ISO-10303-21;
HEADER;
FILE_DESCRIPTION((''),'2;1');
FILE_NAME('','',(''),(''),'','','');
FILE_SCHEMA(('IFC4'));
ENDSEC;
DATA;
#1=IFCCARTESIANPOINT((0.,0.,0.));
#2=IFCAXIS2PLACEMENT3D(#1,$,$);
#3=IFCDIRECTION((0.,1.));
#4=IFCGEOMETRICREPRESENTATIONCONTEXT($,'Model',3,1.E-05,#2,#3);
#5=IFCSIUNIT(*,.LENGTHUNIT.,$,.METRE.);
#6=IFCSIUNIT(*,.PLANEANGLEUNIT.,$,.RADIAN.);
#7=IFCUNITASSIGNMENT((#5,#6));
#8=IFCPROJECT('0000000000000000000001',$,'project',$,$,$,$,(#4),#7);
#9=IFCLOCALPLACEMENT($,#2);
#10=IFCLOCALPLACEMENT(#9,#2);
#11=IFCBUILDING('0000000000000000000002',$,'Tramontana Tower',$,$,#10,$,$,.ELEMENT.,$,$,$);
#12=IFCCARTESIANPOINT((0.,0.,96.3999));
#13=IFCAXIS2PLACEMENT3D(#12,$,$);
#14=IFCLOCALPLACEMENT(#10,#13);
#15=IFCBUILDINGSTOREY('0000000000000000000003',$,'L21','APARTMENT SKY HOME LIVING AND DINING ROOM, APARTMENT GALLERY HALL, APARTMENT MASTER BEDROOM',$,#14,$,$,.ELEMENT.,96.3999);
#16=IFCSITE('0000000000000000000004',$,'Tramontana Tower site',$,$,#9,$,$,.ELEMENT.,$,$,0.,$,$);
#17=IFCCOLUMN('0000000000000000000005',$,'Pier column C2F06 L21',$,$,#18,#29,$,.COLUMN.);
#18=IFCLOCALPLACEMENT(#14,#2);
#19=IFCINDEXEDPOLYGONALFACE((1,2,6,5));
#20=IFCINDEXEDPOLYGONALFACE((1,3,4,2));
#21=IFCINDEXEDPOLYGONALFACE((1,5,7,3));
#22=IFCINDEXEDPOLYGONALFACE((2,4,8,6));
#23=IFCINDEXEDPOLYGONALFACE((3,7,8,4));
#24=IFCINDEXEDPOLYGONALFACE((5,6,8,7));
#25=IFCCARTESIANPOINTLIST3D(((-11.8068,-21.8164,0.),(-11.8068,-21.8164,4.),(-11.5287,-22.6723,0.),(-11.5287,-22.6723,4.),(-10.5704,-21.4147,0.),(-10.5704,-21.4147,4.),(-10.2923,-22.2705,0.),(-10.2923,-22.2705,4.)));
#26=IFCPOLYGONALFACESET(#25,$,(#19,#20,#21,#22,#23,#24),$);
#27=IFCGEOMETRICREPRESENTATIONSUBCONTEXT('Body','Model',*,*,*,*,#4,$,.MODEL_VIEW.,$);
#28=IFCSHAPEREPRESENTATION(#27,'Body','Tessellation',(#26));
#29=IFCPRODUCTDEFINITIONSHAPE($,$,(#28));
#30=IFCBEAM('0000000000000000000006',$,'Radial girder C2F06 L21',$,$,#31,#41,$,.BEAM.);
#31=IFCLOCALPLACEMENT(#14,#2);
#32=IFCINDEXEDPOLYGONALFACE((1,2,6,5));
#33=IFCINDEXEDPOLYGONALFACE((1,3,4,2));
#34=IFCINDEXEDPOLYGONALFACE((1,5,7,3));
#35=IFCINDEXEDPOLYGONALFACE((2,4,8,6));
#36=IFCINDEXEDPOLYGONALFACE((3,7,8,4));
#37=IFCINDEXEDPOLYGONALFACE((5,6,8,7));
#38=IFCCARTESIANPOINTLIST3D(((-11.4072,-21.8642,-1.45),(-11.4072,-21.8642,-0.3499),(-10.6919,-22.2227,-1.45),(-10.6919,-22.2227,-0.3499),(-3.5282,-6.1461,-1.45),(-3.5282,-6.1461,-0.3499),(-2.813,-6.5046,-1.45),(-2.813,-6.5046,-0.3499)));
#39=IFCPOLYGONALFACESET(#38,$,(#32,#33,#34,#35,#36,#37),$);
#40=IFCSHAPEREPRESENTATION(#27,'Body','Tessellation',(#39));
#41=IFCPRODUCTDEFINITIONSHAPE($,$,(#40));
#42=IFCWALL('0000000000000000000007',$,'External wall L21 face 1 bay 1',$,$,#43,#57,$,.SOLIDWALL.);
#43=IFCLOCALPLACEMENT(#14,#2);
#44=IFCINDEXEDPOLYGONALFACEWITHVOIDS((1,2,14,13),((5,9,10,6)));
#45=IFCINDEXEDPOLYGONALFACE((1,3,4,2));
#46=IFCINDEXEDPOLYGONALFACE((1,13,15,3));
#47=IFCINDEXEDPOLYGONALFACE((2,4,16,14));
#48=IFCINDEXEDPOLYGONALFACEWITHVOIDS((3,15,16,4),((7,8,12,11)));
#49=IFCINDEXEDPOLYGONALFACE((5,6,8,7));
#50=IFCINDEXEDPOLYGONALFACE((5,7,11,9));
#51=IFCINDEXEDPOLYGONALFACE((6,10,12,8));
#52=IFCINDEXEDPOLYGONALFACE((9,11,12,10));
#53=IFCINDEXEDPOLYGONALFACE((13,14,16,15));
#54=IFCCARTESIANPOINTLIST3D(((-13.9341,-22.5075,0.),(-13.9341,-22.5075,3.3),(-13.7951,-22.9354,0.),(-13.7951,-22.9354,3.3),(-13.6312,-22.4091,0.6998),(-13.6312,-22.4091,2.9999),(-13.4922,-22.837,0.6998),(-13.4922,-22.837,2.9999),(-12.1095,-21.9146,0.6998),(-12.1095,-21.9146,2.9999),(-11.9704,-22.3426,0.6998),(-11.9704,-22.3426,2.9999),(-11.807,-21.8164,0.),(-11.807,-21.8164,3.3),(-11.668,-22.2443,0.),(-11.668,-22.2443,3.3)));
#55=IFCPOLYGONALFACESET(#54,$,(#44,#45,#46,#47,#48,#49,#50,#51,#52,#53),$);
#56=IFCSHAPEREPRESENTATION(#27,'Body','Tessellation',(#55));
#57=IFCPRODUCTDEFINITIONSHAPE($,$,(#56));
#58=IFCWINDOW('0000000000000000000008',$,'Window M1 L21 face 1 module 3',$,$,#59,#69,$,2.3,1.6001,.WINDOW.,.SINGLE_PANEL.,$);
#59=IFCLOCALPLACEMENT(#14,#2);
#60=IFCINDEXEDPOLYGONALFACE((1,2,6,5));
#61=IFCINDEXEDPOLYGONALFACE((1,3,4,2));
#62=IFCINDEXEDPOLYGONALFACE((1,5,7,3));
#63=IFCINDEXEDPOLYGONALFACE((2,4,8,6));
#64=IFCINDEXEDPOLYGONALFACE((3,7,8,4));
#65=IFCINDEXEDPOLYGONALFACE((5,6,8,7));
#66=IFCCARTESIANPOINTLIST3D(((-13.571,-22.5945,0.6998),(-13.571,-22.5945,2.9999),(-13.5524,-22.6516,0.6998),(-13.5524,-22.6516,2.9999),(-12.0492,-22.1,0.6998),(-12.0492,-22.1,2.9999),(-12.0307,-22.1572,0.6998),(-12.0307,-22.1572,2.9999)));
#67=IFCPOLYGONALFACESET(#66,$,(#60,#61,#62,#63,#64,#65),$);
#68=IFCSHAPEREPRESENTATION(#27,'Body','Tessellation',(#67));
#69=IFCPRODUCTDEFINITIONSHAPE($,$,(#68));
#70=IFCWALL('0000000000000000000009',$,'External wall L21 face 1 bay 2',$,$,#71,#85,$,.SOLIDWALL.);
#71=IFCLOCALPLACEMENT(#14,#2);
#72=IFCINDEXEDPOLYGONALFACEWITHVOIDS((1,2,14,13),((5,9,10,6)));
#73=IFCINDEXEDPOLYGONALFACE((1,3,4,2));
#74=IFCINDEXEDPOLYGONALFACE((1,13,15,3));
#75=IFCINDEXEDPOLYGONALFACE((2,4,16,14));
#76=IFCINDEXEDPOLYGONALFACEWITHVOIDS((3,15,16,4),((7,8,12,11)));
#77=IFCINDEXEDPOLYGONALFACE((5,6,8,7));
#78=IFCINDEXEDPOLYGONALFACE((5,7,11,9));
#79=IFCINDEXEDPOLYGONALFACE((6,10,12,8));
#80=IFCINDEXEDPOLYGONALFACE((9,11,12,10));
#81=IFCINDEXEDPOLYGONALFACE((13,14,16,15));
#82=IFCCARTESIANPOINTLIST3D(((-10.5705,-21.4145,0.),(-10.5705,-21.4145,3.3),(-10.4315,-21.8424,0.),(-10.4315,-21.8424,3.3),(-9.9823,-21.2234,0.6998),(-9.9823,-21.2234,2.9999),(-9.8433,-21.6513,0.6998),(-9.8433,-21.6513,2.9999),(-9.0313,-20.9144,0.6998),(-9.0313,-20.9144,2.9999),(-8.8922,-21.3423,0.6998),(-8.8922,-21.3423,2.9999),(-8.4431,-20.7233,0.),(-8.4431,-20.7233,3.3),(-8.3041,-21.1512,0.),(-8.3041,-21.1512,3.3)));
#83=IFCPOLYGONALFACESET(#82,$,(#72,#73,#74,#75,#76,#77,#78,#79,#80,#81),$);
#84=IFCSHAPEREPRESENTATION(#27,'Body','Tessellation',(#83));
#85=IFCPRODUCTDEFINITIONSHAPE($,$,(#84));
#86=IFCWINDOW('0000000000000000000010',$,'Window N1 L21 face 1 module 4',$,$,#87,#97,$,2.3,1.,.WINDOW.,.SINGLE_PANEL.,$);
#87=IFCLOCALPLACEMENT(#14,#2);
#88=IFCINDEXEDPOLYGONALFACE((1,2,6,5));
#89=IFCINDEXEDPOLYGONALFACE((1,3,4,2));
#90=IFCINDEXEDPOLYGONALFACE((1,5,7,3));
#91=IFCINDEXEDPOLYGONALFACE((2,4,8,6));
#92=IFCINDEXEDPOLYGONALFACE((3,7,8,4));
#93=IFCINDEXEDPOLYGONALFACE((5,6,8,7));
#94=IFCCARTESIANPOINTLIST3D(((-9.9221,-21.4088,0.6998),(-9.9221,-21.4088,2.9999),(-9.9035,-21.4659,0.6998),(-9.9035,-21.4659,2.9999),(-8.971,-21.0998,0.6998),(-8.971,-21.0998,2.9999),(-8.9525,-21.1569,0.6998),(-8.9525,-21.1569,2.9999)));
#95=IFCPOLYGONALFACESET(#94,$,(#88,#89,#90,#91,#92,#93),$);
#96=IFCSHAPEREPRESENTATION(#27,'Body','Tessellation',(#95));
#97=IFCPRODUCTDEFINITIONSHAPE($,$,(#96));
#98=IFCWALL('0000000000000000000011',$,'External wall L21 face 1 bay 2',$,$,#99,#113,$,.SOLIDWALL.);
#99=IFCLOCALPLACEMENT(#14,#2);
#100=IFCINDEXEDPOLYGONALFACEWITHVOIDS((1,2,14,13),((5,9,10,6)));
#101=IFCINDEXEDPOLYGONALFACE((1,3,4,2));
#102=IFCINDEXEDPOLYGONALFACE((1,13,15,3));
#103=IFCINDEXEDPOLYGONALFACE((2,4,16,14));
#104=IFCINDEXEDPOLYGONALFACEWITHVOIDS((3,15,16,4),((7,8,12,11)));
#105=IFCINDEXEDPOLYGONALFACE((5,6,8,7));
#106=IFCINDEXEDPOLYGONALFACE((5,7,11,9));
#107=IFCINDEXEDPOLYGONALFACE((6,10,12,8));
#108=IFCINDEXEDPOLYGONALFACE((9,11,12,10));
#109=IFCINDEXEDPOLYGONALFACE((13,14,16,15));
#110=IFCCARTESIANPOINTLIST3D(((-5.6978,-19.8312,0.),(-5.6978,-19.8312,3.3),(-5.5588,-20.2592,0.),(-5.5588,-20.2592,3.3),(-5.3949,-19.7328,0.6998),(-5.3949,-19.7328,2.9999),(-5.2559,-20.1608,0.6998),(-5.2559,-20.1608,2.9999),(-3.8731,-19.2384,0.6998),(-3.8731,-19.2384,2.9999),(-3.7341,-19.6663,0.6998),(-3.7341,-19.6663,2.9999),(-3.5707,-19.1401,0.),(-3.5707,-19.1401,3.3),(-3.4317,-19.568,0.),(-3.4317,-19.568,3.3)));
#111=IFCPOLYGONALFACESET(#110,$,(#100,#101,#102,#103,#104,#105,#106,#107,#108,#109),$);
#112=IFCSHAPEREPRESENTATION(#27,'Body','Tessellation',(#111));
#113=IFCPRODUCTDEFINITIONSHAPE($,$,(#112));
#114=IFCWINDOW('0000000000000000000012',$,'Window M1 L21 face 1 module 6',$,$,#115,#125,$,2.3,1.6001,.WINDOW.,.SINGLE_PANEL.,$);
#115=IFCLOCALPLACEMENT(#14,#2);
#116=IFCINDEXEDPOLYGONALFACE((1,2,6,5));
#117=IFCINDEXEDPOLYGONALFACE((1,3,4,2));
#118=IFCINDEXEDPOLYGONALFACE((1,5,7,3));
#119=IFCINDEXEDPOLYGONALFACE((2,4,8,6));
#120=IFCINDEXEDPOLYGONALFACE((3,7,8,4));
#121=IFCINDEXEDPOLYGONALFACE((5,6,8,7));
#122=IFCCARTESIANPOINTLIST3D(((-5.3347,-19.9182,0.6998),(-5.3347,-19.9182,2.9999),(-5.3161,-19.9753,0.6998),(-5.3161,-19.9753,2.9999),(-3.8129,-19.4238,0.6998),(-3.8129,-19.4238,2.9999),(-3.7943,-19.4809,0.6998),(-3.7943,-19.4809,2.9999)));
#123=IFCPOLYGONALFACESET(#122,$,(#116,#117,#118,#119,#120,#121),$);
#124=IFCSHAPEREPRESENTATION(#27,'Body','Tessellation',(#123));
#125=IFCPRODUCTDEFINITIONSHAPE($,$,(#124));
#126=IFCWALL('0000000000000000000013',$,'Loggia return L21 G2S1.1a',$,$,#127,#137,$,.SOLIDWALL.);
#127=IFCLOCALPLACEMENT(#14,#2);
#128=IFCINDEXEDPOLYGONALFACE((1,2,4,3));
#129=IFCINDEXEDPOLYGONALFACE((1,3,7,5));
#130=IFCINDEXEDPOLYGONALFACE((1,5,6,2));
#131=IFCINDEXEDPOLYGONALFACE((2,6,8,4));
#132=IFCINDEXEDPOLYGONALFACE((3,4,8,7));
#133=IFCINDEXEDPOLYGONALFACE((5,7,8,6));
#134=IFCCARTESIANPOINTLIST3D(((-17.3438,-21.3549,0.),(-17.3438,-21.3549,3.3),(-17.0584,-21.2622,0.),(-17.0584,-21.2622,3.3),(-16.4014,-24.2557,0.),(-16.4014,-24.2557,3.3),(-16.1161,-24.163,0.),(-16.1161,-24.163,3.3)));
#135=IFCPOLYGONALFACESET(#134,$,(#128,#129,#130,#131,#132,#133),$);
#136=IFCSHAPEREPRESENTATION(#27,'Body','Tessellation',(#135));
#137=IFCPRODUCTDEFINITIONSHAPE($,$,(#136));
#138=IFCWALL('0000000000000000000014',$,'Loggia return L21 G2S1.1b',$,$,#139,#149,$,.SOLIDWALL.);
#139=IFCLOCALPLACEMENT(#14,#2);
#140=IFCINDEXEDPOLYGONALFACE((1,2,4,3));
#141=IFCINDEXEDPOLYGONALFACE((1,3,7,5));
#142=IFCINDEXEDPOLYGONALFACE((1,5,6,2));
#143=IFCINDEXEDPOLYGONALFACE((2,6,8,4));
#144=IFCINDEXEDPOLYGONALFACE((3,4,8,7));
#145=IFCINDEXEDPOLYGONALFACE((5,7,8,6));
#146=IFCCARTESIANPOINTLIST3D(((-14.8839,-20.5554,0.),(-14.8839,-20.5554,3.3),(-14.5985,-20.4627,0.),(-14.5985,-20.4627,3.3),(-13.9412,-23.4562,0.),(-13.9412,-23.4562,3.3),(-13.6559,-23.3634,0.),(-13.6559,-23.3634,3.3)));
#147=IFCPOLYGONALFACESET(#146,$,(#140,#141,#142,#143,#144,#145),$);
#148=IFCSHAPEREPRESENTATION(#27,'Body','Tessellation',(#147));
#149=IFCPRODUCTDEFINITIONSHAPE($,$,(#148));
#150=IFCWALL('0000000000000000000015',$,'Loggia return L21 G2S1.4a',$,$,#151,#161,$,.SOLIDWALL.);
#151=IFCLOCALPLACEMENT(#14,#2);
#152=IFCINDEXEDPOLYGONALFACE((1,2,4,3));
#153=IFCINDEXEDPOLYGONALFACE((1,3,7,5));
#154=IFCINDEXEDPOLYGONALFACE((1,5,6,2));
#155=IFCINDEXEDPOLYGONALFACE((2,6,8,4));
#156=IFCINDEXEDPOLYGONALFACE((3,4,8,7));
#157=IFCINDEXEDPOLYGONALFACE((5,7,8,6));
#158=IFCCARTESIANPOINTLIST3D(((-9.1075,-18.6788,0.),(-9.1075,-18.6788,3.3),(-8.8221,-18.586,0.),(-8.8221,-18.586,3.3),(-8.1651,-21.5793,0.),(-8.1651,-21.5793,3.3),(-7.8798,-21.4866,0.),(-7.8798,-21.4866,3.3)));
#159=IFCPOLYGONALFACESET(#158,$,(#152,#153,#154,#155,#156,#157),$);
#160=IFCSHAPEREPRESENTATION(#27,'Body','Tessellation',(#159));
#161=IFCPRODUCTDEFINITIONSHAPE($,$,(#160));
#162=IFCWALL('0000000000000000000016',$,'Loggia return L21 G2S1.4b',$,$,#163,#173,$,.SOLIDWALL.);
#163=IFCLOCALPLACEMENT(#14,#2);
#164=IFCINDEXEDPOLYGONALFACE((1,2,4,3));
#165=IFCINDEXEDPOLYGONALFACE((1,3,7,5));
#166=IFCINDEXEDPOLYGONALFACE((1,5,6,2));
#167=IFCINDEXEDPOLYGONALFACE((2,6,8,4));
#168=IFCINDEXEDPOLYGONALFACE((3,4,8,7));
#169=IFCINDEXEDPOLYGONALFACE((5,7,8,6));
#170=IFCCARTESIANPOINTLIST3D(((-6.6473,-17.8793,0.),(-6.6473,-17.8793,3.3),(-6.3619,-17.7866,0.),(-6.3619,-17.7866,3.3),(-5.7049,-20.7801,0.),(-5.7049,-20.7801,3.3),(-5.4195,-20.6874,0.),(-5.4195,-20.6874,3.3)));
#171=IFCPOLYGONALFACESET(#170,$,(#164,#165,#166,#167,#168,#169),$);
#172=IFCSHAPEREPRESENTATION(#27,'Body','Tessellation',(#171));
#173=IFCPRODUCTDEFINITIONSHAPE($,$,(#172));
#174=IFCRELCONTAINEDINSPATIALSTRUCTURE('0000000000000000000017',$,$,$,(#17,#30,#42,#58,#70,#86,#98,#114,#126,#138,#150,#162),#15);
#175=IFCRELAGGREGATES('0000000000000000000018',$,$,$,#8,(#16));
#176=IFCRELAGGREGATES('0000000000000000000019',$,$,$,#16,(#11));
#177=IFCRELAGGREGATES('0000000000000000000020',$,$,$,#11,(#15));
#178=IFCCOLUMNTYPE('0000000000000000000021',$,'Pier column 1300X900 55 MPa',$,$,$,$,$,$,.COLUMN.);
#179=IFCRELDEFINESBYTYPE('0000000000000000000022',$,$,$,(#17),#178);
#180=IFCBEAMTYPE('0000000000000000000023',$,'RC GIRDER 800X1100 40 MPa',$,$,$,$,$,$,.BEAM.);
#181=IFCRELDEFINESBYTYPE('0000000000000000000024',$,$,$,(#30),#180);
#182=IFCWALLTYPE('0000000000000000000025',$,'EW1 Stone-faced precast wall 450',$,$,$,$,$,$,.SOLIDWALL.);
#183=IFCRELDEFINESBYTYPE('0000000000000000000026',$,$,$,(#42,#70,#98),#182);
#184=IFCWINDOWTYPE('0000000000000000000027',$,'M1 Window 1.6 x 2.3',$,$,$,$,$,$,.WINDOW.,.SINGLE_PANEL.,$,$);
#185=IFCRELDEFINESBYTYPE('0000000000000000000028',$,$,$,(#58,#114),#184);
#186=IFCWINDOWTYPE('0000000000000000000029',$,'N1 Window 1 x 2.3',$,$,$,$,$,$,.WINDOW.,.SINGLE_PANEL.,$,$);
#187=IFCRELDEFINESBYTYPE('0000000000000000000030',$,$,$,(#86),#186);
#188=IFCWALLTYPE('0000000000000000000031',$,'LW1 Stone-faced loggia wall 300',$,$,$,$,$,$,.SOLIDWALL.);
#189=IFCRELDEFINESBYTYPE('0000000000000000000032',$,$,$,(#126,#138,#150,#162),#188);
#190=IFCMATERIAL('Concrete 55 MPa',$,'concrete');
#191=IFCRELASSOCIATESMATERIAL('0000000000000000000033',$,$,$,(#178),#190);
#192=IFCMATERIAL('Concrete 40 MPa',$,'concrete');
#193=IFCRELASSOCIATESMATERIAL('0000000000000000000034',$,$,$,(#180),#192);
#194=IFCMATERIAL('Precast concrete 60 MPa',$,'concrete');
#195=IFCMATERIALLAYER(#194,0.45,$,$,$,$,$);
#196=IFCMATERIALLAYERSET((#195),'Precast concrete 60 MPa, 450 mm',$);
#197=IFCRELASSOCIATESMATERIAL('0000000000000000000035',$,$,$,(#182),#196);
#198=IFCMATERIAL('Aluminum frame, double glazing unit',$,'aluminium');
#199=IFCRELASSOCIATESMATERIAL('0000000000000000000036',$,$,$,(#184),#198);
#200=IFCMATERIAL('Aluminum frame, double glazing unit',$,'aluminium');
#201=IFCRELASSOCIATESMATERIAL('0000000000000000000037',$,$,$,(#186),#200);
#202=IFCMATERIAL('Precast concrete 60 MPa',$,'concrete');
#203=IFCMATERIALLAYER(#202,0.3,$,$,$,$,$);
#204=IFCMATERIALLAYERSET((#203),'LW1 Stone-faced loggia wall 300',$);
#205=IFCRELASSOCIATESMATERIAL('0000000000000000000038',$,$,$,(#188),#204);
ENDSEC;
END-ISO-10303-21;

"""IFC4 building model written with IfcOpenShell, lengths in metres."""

from ifc_helpers import new_model, si_unit, direction, frame, frame_2d, origin, origin_2d, place, context, subcontext, project, spatial, rectangle, extrude, material, layer, layer_set, material_profile, profile_set, type_object, element, fill, save


model = new_model("IFC4")

# Units and contexts
model_context = context("Model", 3, precision=1e-05, world=origin(), true_north=direction((0.0, 1.0)))
body_context = subcontext(model_context, "Body", "Model", "MODEL_VIEW")
ifc_project = project(units=[si_unit("LENGTHUNIT", "METRE"), si_unit("PLANEANGLEUNIT", "RADIAN")], contexts=[model_context])

# Site, building, storey
site_placement = place(None, origin())
site = spatial("IfcSite", under=ifc_project, at=site_placement, Name="Tramontana Tower site", CompositionType="ELEMENT", RefElevation=0.0)
building_placement = place(site_placement, origin())
building = spatial("IfcBuilding", under=site, at=building_placement, Name="Tramontana Tower", CompositionType="ELEMENT")
storey_placement = place(building_placement, frame((0.0, 0.0, 96.3999)))
storey = spatial("IfcBuildingStorey", under=building, at=storey_placement, Name="L21", Description="APARTMENT SKY HOME LIVING AND DINING ROOM, APARTMENT GALLERY HALL, APARTMENT MASTER BEDROOM", CompositionType="ELEMENT", Elevation=96.3999)

# Column
ifc_material_1 = material(Name="Concrete 55 MPa", Category="concrete")
ifc_material_profile_1 = material_profile(ifc_material_1, rectangle(XDim=1.3, YDim=0.8999, at=origin_2d()), Name="Pier column 1300X900 55 MPa")
ifc_profile_set_1 = profile_set([ifc_material_profile_1], Name="Concrete 55 MPa")
column_type = type_object("IfcColumnType", Name="Pier column 1300X900 55 MPa", PredefinedType="COLUMN", material=ifc_profile_set_1)
column_placement = place(storey_placement, frame((-11.0496, -22.0435, 0.0), z_axis=(0.0, 0.0, 1.0), x_axis=(0.951057, 0.309017, 0.0)))
element("IfcColumn", 1, at=column_placement, inside=storey, type_object=column_type, Name="Pier column C2F06 L21", PredefinedType="COLUMN", context=body_context, shape_type="SweptSolid", body=[
    extrude(rectangle(XDim=1.3, YDim=0.8999, at=origin_2d()), origin(), (0.0, 0.0, 1.0), 4.0),
])

# Beam
ifc_material_2 = material(Name="Concrete 40 MPa", Category="concrete")
ifc_material_profile_2 = material_profile(ifc_material_2, rectangle(XDim=0.8, YDim=1.1001, at=origin_2d()), Name="RC GIRDER 800X1100 40 MPa")
ifc_profile_set_2 = profile_set([ifc_material_profile_2], Name="Concrete 40 MPa")
beam_type = type_object("IfcBeamType", Name="RC GIRDER 800X1100 40 MPa", PredefinedType="BEAM", material=ifc_profile_set_2)
beam_placement = place(storey_placement, frame((-11.0496, -22.0435, -0.8999), z_axis=(0.448119, 0.893974, 0.0), x_axis=(-0.893974, 0.448119, 0.0)))
element("IfcBeam", 2, at=beam_placement, inside=storey, type_object=beam_type, Name="Radial girder C2F06 L21", PredefinedType="BEAM", context=body_context, shape_type="SweptSolid", body=[
    extrude(rectangle(XDim=0.8, YDim=1.1001, at=origin_2d()), origin(), (0.0, 0.0, 1.0), 17.5823),
])

# Walls, openings, windows
ifc_material_3 = material(Name="Precast concrete 60 MPa", Category="concrete")
ifc_layer_1 = layer(ifc_material_3, 0.45)
ifc_layer_set_1 = layer_set([ifc_layer_1], Name="Precast concrete 60 MPa, 450 mm")
wall_type_1 = type_object("IfcWallType", Name="EW1 Stone-faced precast wall 450", PredefinedType="SOLIDWALL", material=ifc_layer_set_1)
wall_1_placement = place(storey_placement, frame((-13.8645, -22.7214, 0.0), z_axis=(0.0, 0.0, 1.0), x_axis=(0.951057, 0.309014, 0.0)))
wall_1 = element("IfcWall", 3, at=wall_1_placement, inside=storey, type_object=wall_type_1, Name="External wall L21 face 1 bay 1", PredefinedType="SOLIDWALL", context=body_context, shape_type="SweptSolid", body=[
    extrude(rectangle(XDim=2.2366, YDim=0.45, at=frame_2d((1.1182, 0.0))), origin(), (0.0, 0.0, 1.0), 3.3),
])
opening_1_placement = place(wall_1_placement, frame((0.3184, 0.0, 0.7)))
opening_1 = element("IfcOpeningElement", 4, at=opening_1_placement, cuts=wall_1, PredefinedType="OPENING", context=body_context, shape_type="SweptSolid", body=[
    extrude(rectangle(XDim=1.6001, YDim=2.3, at=frame_2d((0.8, 1.1499))), frame((0.0, 0.2349, 0.0), z_axis=(0.0, -1.0, 0.0), x_axis=(1.0, 0.0, 0.0)), (0.0, 0.0, 1.0), 0.47),
])
ifc_material_4 = material(Name="Aluminum frame, double glazing unit", Category="aluminium")
window_type_1 = type_object("IfcWindowType", Name="M1 Window 1.6 x 2.3", PartitioningType="SINGLE_PANEL", PredefinedType="WINDOW", material=ifc_material_4)
window_1_placement = place(opening_1_placement, origin())
window_1 = element("IfcWindow", 5, at=window_1_placement, inside=storey, type_object=window_type_1, Name="Window M1 L21 face 1 module 3", OverallHeight=2.3, OverallWidth=1.6001, PartitioningType="SINGLE_PANEL", PredefinedType="WINDOW", context=body_context, shape_type="SweptSolid", body=[
    extrude(rectangle(XDim=1.6001, YDim=2.3, at=frame_2d((0.8, 1.1499))), frame((0.0, 0.03, 0.0), z_axis=(0.0, -1.0, 0.0), x_axis=(1.0, 0.0, 0.0)), (0.0, 0.0, 1.0), 0.0601),
])
fill(opening_1, window_1)
wall_2_placement = place(storey_placement, frame((-10.501, -21.6284, 0.0), z_axis=(0.0, 0.0, 1.0), x_axis=(0.951068, 0.308982, 0.0)))
wall_2 = element("IfcWall", 6, at=wall_2_placement, inside=storey, type_object=wall_type_1, Name="External wall L21 face 1 bay 2", PredefinedType="SOLIDWALL", context=body_context, shape_type="SweptSolid", body=[
    extrude(rectangle(XDim=2.2368, YDim=0.45, at=frame_2d((1.1184, 0.0))), origin(), (0.0, 0.0, 1.0), 3.3),
])
opening_2_placement = place(wall_2_placement, frame((0.6184, 0.0, 0.7)))
opening_2 = element("IfcOpeningElement", 7, at=opening_2_placement, cuts=wall_2, PredefinedType="OPENING", context=body_context, shape_type="SweptSolid", body=[
    extrude(rectangle(XDim=1.0, YDim=2.3, at=frame_2d((0.5, 1.1499))), frame((0.0, 0.2349, 0.0), z_axis=(0.0, -1.0, 0.0), x_axis=(1.0, 0.0, 0.0)), (0.0, 0.0, 1.0), 0.47),
])
ifc_material_5 = material(Name="Aluminum frame, double glazing unit", Category="aluminium")
window_type_2 = type_object("IfcWindowType", Name="N1 Window 1 x 2.3", PartitioningType="SINGLE_PANEL", PredefinedType="WINDOW", material=ifc_material_5)
window_2_placement = place(opening_2_placement, origin())
window_2 = element("IfcWindow", 8, at=window_2_placement, inside=storey, type_object=window_type_2, Name="Window N1 L21 face 1 module 4", OverallHeight=2.3, OverallWidth=1.0, PartitioningType="SINGLE_PANEL", PredefinedType="WINDOW", context=body_context, shape_type="SweptSolid", body=[
    extrude(rectangle(XDim=1.0, YDim=2.3, at=frame_2d((0.5, 1.1499))), frame((0.0, 0.03, 0.0), z_axis=(0.0, -1.0, 0.0), x_axis=(1.0, 0.0, 0.0)), (0.0, 0.0, 1.0), 0.0601),
])
fill(opening_2, window_2)
wall_3_placement = place(storey_placement, frame((-5.6282, -20.0452, 0.0), z_axis=(0.0, 0.0, 1.0), x_axis=(0.951057, 0.309014, 0.0)))
wall_3 = element("IfcWall", 9, at=wall_3_placement, inside=storey, type_object=wall_type_1, Name="External wall L21 face 1 bay 2", PredefinedType="SOLIDWALL", context=body_context, shape_type="SweptSolid", body=[
    extrude(rectangle(XDim=2.2366, YDim=0.45, at=frame_2d((1.1182, 0.0))), origin(), (0.0, 0.0, 1.0), 3.3),
])
opening_3_placement = place(wall_3_placement, frame((0.3184, 0.0, 0.7)))
opening_3 = element("IfcOpeningElement", 10, at=opening_3_placement, cuts=wall_3, PredefinedType="OPENING", context=body_context, shape_type="SweptSolid", body=[
    extrude(rectangle(XDim=1.6001, YDim=2.3, at=frame_2d((0.8, 1.1499))), frame((0.0, 0.2349, 0.0), z_axis=(0.0, -1.0, 0.0), x_axis=(1.0, 0.0, 0.0)), (0.0, 0.0, 1.0), 0.47),
])
window_3_placement = place(opening_3_placement, origin())
window_3 = element("IfcWindow", 11, at=window_3_placement, inside=storey, type_object=window_type_1, Name="Window M1 L21 face 1 module 6", OverallHeight=2.3, OverallWidth=1.6001, PartitioningType="SINGLE_PANEL", PredefinedType="WINDOW", context=body_context, shape_type="SweptSolid", body=[
    extrude(rectangle(XDim=1.6001, YDim=2.3, at=frame_2d((0.8, 1.1499))), frame((0.0, 0.03, 0.0), z_axis=(0.0, -1.0, 0.0), x_axis=(1.0, 0.0, 0.0)), (0.0, 0.0, 1.0), 0.0601),
])
fill(opening_3, window_3)

# Walls
ifc_material_6 = material(Name="Precast concrete 60 MPa", Category="concrete")
ifc_layer_2 = layer(ifc_material_6, 0.3)
ifc_layer_set_2 = layer_set([ifc_layer_2], Name="LW1 Stone-faced loggia wall 300")
wall_type_2 = type_object("IfcWallType", Name="LW1 Stone-faced loggia wall 300", PredefinedType="SOLIDWALL", material=ifc_layer_set_2)
for number, where, z_axis, x_axis, name in (
    (12, (-16.2588, -24.2092, 0.0), (0.0, 0.0, 1.0), (-0.308967, 0.951073, 0.0), "Loggia return L21 G2S1.1a"),
    (13, (-13.7986, -23.4097, 0.0), (0.0, 0.0, 1.0), (-0.309063, 0.951042, 0.0), "Loggia return L21 G2S1.1b"),
):
    element("IfcWall", number, at=place(storey_placement, frame(where, z_axis=z_axis, x_axis=x_axis)), inside=storey, type_object=wall_type_2, Name=name, PredefinedType="SOLIDWALL", context=body_context, shape_type="SweptSolid", body=[
        extrude(rectangle(XDim=3.05, YDim=0.3, at=frame_2d((1.5249, 0.0))), origin(), (0.0, 0.0, 1.0), 3.3),
    ])

# Walls
wall_4_placement = place(storey_placement, frame((-8.0225, -21.533, 0.0), z_axis=(0.0, 0.0, 1.0), x_axis=(-0.30899, 0.951065, 0.0)))
element("IfcWall", 14, at=wall_4_placement, inside=storey, type_object=wall_type_2, Name="Loggia return L21 G2S1.4a", PredefinedType="SOLIDWALL", context=body_context, shape_type="SweptSolid", body=[
    extrude(rectangle(XDim=3.0498, YDim=0.3, at=frame_2d((1.5249, 0.0))), origin(), (0.0, 0.0, 1.0), 3.3),
])
wall_5_placement = place(storey_placement, frame((-5.5623, -20.7336, 0.0), z_axis=(0.0, 0.0, 1.0), x_axis=(-0.308967, 0.951073, 0.0)))
element("IfcWall", 15, at=wall_5_placement, inside=storey, type_object=wall_type_2, Name="Loggia return L21 G2S1.4b", PredefinedType="SOLIDWALL", context=body_context, shape_type="SweptSolid", body=[
    extrude(rectangle(XDim=3.05, YDim=0.3, at=frame_2d((1.5249, 0.0))), origin(), (0.0, 0.0, 1.0), 3.3),
])

save(model, "model.ifc")
